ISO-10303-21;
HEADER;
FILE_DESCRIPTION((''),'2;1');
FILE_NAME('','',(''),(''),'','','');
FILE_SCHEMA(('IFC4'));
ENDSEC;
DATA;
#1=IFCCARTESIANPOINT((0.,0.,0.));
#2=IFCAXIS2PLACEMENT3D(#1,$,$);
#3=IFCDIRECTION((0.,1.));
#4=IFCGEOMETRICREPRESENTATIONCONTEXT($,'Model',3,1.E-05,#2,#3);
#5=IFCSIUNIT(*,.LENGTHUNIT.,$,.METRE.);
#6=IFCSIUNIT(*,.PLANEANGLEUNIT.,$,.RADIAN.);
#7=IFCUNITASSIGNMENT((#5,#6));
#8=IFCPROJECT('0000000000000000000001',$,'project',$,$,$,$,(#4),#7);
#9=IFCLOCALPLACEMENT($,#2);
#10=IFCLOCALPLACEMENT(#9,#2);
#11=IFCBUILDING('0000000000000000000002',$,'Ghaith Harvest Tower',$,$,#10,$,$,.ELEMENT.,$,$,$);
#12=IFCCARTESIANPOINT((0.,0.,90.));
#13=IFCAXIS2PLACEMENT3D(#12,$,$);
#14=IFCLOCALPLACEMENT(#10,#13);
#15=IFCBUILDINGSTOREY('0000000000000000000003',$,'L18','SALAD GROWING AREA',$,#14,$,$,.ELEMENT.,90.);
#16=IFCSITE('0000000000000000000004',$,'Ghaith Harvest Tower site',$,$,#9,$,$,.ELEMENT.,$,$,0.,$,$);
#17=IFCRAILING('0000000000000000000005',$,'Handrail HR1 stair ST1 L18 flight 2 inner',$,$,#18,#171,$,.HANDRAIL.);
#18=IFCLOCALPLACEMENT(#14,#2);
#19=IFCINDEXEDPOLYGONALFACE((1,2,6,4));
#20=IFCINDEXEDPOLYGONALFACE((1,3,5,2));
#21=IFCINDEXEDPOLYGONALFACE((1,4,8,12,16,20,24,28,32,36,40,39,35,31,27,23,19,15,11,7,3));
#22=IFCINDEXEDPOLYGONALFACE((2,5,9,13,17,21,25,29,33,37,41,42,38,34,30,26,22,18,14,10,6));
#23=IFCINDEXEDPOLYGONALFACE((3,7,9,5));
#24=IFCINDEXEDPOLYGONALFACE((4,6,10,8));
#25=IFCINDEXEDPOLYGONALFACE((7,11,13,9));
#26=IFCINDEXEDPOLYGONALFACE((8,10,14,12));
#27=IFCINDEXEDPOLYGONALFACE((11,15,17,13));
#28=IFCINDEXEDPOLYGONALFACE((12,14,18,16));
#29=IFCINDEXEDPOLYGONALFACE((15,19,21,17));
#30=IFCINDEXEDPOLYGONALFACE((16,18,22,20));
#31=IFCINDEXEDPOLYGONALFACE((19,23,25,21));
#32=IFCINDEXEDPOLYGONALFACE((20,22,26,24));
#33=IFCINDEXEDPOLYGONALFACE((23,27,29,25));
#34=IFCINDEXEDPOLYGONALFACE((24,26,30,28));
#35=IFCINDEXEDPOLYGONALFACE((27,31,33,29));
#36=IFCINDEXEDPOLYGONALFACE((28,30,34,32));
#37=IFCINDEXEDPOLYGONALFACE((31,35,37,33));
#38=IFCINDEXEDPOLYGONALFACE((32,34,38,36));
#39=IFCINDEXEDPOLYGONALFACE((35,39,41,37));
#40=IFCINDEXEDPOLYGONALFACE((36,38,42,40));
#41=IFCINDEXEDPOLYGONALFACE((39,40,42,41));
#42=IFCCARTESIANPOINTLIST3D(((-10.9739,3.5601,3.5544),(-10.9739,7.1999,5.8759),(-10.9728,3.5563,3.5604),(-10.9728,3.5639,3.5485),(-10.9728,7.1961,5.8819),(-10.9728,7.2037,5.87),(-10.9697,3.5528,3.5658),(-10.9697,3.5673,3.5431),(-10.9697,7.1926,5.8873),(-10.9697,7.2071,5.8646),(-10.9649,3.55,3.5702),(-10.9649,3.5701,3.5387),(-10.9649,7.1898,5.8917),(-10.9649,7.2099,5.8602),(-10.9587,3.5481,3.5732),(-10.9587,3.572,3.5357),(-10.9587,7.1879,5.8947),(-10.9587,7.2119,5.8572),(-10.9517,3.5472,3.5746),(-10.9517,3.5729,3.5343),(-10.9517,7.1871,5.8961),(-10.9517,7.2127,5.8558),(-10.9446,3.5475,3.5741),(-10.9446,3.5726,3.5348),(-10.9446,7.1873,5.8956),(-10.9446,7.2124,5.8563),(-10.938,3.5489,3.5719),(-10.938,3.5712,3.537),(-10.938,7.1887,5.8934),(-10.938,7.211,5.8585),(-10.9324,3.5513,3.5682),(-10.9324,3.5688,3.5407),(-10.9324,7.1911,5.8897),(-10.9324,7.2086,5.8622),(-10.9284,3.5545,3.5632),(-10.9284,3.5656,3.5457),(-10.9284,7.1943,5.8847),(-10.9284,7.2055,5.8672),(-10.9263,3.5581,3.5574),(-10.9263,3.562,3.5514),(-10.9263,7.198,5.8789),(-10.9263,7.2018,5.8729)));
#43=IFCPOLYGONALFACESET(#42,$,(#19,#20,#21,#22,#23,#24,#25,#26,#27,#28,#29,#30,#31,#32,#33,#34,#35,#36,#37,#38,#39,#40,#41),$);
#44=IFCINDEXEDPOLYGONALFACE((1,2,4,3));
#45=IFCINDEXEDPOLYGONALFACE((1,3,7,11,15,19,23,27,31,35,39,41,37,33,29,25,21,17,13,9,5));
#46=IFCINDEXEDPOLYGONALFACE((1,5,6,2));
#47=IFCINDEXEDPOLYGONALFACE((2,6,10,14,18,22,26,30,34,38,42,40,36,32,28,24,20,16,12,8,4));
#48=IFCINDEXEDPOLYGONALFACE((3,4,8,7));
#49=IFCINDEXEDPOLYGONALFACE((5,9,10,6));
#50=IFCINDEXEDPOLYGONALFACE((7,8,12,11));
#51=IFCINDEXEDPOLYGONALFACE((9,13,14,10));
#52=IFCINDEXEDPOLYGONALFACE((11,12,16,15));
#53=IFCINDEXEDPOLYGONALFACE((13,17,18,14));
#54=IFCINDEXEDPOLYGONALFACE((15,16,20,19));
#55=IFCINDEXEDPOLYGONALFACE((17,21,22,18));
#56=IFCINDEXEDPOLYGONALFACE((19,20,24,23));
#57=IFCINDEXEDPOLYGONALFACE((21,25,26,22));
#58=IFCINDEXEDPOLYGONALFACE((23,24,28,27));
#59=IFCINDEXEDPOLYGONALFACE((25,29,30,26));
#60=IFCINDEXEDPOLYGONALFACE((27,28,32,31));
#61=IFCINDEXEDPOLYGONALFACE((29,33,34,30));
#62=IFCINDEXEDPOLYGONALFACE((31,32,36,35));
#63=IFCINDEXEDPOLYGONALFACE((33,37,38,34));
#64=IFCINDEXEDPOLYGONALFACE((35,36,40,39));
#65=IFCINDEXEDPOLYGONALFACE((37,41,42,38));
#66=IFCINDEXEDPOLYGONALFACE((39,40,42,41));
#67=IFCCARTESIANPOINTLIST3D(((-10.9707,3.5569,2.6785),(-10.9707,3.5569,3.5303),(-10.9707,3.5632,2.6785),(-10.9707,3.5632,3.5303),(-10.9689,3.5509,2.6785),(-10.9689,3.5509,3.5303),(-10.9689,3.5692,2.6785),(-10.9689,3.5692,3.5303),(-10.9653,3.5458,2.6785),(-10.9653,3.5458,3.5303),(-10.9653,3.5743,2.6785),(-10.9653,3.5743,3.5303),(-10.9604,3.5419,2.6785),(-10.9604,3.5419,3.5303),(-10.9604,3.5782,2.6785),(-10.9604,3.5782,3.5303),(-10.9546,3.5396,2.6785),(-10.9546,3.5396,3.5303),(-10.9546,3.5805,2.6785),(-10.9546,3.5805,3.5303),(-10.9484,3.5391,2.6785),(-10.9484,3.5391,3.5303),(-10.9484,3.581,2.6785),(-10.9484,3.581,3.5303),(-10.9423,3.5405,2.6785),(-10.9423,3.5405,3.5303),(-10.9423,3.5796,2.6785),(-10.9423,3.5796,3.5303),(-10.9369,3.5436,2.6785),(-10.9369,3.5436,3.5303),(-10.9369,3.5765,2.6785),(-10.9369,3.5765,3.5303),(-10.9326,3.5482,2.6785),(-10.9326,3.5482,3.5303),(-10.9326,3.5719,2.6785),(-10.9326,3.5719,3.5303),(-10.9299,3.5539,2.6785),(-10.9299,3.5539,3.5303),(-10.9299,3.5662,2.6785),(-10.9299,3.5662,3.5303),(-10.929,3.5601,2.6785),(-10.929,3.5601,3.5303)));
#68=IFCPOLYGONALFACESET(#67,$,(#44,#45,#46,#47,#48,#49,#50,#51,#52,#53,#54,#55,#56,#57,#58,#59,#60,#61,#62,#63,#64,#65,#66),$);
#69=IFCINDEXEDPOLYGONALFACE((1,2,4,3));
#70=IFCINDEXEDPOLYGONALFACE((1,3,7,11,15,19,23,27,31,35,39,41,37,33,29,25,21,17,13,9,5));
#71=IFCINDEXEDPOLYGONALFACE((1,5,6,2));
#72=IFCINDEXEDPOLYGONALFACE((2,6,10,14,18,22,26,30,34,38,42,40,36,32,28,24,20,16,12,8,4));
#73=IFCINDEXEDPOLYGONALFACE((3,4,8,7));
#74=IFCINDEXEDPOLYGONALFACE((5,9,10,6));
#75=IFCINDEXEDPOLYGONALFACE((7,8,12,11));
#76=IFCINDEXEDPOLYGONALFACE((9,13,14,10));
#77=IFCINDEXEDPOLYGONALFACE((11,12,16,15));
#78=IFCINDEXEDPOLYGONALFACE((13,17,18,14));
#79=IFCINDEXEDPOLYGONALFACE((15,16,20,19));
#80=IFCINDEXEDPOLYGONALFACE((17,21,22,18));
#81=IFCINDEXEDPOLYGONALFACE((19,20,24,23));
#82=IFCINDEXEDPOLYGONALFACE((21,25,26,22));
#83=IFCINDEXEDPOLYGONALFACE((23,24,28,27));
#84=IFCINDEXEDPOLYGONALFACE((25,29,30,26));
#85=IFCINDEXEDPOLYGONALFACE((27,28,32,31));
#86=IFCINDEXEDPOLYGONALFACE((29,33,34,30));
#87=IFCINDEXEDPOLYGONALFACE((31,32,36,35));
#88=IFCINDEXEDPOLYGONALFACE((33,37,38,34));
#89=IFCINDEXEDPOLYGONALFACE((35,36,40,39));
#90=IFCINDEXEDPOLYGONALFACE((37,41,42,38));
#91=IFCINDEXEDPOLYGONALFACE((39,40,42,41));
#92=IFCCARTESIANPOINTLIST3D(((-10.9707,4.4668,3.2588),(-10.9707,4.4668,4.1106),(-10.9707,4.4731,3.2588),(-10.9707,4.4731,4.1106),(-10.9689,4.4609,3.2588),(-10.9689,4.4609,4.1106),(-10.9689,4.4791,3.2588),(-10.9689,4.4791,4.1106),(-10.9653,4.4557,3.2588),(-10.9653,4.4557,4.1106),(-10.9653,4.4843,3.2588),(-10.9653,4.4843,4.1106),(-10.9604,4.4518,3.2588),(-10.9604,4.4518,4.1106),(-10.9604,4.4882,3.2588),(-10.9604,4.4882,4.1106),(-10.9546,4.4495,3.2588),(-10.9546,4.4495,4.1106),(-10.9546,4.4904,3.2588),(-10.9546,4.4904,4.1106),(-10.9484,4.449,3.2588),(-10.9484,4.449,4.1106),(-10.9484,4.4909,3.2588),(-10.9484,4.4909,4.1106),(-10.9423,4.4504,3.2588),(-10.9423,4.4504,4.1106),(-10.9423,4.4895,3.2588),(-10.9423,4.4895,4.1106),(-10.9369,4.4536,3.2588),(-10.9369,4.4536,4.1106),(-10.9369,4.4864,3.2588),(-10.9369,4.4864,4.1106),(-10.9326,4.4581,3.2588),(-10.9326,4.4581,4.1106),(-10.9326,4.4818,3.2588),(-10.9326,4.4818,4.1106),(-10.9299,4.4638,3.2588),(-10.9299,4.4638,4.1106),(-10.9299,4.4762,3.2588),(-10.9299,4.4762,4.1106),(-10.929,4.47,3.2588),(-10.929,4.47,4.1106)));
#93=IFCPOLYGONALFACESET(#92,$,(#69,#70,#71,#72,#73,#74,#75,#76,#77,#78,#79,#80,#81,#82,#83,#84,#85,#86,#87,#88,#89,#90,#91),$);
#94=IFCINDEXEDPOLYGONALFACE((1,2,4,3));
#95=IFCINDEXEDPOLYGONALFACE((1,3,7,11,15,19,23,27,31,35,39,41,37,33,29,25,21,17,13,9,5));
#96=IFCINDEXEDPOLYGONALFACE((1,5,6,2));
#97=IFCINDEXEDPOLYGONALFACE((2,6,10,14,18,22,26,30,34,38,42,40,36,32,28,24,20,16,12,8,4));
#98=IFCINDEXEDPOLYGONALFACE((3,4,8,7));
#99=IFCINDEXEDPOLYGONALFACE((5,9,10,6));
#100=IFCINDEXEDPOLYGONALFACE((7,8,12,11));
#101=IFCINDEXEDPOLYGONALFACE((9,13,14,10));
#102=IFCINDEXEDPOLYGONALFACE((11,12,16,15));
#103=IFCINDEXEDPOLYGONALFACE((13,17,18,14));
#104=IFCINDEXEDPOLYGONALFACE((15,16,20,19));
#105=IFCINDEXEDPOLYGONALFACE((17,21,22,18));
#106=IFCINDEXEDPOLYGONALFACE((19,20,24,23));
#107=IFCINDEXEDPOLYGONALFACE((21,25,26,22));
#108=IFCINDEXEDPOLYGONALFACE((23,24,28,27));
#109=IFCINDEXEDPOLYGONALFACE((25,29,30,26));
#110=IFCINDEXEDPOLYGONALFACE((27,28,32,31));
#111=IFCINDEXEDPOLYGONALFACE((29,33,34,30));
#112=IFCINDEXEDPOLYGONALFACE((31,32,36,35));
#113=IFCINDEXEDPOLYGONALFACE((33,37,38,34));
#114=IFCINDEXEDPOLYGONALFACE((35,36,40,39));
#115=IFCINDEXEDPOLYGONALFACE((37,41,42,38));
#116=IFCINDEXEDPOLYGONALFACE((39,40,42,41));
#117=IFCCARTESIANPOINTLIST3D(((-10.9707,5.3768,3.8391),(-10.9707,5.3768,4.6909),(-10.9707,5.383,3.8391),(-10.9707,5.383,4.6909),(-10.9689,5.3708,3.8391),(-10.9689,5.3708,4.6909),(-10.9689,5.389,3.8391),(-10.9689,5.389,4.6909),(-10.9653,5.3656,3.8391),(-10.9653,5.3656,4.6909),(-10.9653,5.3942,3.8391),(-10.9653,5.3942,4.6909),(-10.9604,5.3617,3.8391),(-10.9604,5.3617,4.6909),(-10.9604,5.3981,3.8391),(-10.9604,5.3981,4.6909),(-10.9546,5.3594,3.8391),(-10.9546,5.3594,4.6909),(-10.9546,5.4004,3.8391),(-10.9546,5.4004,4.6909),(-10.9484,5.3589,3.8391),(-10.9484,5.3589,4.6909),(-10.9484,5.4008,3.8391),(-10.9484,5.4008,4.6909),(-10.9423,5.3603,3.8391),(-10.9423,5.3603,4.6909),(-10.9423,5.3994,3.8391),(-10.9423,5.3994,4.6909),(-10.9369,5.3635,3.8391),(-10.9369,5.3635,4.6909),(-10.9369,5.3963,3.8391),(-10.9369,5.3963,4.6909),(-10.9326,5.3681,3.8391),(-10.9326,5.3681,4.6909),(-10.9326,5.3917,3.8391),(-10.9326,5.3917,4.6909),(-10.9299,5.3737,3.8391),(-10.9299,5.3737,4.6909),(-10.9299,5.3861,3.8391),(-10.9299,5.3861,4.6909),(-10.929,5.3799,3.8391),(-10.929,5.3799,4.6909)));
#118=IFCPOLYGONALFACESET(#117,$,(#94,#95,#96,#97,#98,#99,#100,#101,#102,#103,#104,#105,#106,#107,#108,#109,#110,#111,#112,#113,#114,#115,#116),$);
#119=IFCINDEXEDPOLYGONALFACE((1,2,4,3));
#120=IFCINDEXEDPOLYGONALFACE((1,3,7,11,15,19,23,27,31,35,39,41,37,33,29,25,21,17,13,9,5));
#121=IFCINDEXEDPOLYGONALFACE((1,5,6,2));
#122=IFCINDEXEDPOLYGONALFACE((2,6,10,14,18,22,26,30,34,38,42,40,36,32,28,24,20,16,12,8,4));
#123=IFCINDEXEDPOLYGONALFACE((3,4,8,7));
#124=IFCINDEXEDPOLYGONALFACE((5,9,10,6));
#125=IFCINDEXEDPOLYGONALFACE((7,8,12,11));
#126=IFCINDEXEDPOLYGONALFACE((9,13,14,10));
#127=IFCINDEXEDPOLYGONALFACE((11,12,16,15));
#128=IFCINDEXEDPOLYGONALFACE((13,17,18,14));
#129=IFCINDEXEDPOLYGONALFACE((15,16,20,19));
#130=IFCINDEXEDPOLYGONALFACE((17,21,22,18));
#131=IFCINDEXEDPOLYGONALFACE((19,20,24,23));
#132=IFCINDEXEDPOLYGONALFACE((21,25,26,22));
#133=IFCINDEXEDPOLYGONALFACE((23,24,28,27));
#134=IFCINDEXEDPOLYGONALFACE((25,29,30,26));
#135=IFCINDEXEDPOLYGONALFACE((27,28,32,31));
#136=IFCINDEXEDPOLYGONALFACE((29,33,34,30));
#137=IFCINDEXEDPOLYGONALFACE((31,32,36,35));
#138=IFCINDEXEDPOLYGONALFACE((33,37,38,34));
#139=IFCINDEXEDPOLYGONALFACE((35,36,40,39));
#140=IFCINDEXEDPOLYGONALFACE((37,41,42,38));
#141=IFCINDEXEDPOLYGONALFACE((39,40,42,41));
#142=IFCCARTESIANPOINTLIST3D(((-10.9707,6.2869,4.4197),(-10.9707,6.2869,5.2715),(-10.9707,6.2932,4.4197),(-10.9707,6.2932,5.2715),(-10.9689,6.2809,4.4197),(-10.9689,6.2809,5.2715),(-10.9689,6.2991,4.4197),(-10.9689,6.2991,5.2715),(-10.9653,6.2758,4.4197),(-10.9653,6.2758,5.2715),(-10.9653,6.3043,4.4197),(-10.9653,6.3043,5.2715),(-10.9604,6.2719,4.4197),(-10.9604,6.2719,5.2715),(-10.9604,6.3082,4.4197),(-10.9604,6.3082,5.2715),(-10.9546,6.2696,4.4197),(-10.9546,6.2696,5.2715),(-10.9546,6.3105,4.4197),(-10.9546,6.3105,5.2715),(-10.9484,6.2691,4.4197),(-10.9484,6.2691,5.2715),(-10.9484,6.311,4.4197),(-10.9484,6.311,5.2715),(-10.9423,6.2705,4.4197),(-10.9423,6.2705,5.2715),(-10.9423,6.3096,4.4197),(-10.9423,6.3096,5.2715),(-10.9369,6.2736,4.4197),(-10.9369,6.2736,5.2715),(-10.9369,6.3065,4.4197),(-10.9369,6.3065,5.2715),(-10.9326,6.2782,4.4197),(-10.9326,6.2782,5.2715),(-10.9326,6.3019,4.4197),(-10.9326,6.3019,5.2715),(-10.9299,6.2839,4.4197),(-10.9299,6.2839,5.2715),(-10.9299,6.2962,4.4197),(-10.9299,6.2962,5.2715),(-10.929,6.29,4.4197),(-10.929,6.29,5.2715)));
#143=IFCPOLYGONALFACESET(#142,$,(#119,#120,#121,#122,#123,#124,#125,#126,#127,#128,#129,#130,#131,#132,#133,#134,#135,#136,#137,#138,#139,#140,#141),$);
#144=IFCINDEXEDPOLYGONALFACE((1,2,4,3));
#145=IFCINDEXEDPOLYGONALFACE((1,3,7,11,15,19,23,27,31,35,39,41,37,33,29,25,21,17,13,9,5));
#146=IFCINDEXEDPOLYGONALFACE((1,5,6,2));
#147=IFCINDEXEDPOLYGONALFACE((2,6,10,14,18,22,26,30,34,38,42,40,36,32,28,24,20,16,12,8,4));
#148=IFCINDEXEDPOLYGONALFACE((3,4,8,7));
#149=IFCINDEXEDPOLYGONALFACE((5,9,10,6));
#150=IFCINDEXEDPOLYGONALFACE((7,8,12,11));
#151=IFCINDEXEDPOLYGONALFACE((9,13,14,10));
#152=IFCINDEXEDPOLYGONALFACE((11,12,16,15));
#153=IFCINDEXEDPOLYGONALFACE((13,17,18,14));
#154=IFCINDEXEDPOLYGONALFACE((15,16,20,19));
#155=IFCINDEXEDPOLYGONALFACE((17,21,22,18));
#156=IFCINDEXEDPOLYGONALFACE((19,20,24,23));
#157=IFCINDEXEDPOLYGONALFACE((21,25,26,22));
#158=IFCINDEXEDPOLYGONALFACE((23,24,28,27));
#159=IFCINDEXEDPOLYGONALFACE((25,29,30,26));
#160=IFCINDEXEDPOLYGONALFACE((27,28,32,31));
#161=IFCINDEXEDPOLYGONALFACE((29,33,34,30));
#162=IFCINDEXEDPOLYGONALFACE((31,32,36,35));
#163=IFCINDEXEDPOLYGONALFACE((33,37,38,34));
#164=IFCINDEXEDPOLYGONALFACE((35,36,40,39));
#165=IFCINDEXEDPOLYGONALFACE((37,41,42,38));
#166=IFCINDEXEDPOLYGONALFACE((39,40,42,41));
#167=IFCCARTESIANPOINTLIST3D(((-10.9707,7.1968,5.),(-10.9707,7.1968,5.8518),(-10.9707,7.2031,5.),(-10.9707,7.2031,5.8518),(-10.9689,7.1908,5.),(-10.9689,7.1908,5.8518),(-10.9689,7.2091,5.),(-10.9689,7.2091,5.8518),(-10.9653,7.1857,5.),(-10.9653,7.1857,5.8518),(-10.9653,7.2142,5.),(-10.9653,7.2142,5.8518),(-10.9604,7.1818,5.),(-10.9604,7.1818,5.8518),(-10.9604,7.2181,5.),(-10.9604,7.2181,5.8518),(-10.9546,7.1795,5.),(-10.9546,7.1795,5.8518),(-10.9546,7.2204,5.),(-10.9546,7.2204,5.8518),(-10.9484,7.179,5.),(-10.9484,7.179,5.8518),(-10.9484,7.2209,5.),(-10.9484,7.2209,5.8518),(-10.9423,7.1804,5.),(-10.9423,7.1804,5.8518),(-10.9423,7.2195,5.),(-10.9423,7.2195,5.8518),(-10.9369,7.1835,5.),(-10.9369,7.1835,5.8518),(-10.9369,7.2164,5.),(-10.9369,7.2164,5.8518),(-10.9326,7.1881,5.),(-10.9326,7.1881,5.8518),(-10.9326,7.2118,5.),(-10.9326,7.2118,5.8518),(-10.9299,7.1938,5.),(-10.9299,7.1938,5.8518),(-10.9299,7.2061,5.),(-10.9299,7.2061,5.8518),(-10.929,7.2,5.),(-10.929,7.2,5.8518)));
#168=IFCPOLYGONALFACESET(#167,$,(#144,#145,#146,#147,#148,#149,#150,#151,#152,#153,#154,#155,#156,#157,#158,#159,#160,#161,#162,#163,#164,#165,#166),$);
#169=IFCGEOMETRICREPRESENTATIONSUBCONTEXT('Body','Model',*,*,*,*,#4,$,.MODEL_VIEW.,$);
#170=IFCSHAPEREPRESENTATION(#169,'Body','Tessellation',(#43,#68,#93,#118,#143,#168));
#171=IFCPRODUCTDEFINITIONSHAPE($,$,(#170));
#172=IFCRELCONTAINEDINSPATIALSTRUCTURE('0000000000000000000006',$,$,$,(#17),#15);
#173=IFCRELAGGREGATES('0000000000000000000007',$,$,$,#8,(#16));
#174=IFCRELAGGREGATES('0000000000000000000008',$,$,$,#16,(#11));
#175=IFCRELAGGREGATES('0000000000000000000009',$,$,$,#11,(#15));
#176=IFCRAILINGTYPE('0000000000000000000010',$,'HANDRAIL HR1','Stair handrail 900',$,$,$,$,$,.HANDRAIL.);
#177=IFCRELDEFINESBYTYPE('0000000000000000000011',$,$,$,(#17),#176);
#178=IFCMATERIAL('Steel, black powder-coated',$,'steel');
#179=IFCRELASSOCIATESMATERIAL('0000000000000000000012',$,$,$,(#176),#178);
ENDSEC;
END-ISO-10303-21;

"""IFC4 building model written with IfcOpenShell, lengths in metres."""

from ifc_helpers import new_model, si_unit, direction, frame, origin, origin_2d, place, context, subcontext, project, spatial, circle, extrude, material, type_object, element, save


model = new_model("IFC4")

# Units and contexts
model_context = context("Model", 3, precision=1e-05, world=origin(), true_north=direction((0.0, 1.0)))
body_context = subcontext(model_context, "Body", "Model", "MODEL_VIEW")
ifc_project = project(units=[si_unit("LENGTHUNIT", "METRE"), si_unit("PLANEANGLEUNIT", "RADIAN")], contexts=[model_context])

# Site, building, storey
site_placement = place(None, origin())
site = spatial("IfcSite", under=ifc_project, at=site_placement, Name="Ghaith Harvest Tower site", CompositionType="ELEMENT", RefElevation=0.0)
building_placement = place(site_placement, origin())
building = spatial("IfcBuilding", under=site, at=building_placement, Name="Ghaith Harvest Tower", CompositionType="ELEMENT")
storey_placement = place(building_placement, frame((0.0, 0.0, 90.0)))
storey = spatial("IfcBuildingStorey", under=building, at=storey_placement, Name="L18", Description="SALAD GROWING AREA", CompositionType="ELEMENT", Elevation=90.0)

# Railing
ifc_material_1 = material(Name="Steel, black powder-coated", Category="steel")
railing_type = type_object("IfcRailingType", Name="HANDRAIL HR1", Description="Stair handrail 900", PredefinedType="HANDRAIL", material=ifc_material_1)
railing_1_placement = place(storey_placement, frame((-10.95, 3.5601, 2.6785)))
element("IfcRailing", 1, at=railing_1_placement, inside=storey, type_object=railing_type, Name="Handrail HR1 stair ST1 L18 flight 2 inner", PredefinedType="HANDRAIL", context=body_context, shape_type="SweptSolid", body=[
    extrude(circle(Radius=0.0239, at=origin_2d()), frame((0.0, 0.0, 0.876), z_axis=(0.0, 0.843112, 0.537739), x_axis=(-1.0, 0.0, 0.0)), (0.0, 0.0, 1.0), 4.3171),
    extrude(circle(Radius=0.021, at=origin_2d()), origin(), (0.0, 0.0, 1.0), 0.8518),
    extrude(circle(Radius=0.021, at=origin_2d()), frame((0.0, 0.9099, 0.5803)), (0.0, 0.0, 1.0), 0.8518),
    extrude(circle(Radius=0.021, at=origin_2d()), frame((0.0, 1.8198, 1.1606)), (0.0, 0.0, 1.0), 0.8518),
    extrude(circle(Radius=0.021, at=origin_2d()), frame((0.0, 2.73, 1.7412)), (0.0, 0.0, 1.0), 0.8518),
    extrude(circle(Radius=0.021, at=origin_2d()), frame((0.0, 3.6399, 2.3215)), (0.0, 0.0, 1.0), 0.8518),
])

save(model, "model.ifc")
